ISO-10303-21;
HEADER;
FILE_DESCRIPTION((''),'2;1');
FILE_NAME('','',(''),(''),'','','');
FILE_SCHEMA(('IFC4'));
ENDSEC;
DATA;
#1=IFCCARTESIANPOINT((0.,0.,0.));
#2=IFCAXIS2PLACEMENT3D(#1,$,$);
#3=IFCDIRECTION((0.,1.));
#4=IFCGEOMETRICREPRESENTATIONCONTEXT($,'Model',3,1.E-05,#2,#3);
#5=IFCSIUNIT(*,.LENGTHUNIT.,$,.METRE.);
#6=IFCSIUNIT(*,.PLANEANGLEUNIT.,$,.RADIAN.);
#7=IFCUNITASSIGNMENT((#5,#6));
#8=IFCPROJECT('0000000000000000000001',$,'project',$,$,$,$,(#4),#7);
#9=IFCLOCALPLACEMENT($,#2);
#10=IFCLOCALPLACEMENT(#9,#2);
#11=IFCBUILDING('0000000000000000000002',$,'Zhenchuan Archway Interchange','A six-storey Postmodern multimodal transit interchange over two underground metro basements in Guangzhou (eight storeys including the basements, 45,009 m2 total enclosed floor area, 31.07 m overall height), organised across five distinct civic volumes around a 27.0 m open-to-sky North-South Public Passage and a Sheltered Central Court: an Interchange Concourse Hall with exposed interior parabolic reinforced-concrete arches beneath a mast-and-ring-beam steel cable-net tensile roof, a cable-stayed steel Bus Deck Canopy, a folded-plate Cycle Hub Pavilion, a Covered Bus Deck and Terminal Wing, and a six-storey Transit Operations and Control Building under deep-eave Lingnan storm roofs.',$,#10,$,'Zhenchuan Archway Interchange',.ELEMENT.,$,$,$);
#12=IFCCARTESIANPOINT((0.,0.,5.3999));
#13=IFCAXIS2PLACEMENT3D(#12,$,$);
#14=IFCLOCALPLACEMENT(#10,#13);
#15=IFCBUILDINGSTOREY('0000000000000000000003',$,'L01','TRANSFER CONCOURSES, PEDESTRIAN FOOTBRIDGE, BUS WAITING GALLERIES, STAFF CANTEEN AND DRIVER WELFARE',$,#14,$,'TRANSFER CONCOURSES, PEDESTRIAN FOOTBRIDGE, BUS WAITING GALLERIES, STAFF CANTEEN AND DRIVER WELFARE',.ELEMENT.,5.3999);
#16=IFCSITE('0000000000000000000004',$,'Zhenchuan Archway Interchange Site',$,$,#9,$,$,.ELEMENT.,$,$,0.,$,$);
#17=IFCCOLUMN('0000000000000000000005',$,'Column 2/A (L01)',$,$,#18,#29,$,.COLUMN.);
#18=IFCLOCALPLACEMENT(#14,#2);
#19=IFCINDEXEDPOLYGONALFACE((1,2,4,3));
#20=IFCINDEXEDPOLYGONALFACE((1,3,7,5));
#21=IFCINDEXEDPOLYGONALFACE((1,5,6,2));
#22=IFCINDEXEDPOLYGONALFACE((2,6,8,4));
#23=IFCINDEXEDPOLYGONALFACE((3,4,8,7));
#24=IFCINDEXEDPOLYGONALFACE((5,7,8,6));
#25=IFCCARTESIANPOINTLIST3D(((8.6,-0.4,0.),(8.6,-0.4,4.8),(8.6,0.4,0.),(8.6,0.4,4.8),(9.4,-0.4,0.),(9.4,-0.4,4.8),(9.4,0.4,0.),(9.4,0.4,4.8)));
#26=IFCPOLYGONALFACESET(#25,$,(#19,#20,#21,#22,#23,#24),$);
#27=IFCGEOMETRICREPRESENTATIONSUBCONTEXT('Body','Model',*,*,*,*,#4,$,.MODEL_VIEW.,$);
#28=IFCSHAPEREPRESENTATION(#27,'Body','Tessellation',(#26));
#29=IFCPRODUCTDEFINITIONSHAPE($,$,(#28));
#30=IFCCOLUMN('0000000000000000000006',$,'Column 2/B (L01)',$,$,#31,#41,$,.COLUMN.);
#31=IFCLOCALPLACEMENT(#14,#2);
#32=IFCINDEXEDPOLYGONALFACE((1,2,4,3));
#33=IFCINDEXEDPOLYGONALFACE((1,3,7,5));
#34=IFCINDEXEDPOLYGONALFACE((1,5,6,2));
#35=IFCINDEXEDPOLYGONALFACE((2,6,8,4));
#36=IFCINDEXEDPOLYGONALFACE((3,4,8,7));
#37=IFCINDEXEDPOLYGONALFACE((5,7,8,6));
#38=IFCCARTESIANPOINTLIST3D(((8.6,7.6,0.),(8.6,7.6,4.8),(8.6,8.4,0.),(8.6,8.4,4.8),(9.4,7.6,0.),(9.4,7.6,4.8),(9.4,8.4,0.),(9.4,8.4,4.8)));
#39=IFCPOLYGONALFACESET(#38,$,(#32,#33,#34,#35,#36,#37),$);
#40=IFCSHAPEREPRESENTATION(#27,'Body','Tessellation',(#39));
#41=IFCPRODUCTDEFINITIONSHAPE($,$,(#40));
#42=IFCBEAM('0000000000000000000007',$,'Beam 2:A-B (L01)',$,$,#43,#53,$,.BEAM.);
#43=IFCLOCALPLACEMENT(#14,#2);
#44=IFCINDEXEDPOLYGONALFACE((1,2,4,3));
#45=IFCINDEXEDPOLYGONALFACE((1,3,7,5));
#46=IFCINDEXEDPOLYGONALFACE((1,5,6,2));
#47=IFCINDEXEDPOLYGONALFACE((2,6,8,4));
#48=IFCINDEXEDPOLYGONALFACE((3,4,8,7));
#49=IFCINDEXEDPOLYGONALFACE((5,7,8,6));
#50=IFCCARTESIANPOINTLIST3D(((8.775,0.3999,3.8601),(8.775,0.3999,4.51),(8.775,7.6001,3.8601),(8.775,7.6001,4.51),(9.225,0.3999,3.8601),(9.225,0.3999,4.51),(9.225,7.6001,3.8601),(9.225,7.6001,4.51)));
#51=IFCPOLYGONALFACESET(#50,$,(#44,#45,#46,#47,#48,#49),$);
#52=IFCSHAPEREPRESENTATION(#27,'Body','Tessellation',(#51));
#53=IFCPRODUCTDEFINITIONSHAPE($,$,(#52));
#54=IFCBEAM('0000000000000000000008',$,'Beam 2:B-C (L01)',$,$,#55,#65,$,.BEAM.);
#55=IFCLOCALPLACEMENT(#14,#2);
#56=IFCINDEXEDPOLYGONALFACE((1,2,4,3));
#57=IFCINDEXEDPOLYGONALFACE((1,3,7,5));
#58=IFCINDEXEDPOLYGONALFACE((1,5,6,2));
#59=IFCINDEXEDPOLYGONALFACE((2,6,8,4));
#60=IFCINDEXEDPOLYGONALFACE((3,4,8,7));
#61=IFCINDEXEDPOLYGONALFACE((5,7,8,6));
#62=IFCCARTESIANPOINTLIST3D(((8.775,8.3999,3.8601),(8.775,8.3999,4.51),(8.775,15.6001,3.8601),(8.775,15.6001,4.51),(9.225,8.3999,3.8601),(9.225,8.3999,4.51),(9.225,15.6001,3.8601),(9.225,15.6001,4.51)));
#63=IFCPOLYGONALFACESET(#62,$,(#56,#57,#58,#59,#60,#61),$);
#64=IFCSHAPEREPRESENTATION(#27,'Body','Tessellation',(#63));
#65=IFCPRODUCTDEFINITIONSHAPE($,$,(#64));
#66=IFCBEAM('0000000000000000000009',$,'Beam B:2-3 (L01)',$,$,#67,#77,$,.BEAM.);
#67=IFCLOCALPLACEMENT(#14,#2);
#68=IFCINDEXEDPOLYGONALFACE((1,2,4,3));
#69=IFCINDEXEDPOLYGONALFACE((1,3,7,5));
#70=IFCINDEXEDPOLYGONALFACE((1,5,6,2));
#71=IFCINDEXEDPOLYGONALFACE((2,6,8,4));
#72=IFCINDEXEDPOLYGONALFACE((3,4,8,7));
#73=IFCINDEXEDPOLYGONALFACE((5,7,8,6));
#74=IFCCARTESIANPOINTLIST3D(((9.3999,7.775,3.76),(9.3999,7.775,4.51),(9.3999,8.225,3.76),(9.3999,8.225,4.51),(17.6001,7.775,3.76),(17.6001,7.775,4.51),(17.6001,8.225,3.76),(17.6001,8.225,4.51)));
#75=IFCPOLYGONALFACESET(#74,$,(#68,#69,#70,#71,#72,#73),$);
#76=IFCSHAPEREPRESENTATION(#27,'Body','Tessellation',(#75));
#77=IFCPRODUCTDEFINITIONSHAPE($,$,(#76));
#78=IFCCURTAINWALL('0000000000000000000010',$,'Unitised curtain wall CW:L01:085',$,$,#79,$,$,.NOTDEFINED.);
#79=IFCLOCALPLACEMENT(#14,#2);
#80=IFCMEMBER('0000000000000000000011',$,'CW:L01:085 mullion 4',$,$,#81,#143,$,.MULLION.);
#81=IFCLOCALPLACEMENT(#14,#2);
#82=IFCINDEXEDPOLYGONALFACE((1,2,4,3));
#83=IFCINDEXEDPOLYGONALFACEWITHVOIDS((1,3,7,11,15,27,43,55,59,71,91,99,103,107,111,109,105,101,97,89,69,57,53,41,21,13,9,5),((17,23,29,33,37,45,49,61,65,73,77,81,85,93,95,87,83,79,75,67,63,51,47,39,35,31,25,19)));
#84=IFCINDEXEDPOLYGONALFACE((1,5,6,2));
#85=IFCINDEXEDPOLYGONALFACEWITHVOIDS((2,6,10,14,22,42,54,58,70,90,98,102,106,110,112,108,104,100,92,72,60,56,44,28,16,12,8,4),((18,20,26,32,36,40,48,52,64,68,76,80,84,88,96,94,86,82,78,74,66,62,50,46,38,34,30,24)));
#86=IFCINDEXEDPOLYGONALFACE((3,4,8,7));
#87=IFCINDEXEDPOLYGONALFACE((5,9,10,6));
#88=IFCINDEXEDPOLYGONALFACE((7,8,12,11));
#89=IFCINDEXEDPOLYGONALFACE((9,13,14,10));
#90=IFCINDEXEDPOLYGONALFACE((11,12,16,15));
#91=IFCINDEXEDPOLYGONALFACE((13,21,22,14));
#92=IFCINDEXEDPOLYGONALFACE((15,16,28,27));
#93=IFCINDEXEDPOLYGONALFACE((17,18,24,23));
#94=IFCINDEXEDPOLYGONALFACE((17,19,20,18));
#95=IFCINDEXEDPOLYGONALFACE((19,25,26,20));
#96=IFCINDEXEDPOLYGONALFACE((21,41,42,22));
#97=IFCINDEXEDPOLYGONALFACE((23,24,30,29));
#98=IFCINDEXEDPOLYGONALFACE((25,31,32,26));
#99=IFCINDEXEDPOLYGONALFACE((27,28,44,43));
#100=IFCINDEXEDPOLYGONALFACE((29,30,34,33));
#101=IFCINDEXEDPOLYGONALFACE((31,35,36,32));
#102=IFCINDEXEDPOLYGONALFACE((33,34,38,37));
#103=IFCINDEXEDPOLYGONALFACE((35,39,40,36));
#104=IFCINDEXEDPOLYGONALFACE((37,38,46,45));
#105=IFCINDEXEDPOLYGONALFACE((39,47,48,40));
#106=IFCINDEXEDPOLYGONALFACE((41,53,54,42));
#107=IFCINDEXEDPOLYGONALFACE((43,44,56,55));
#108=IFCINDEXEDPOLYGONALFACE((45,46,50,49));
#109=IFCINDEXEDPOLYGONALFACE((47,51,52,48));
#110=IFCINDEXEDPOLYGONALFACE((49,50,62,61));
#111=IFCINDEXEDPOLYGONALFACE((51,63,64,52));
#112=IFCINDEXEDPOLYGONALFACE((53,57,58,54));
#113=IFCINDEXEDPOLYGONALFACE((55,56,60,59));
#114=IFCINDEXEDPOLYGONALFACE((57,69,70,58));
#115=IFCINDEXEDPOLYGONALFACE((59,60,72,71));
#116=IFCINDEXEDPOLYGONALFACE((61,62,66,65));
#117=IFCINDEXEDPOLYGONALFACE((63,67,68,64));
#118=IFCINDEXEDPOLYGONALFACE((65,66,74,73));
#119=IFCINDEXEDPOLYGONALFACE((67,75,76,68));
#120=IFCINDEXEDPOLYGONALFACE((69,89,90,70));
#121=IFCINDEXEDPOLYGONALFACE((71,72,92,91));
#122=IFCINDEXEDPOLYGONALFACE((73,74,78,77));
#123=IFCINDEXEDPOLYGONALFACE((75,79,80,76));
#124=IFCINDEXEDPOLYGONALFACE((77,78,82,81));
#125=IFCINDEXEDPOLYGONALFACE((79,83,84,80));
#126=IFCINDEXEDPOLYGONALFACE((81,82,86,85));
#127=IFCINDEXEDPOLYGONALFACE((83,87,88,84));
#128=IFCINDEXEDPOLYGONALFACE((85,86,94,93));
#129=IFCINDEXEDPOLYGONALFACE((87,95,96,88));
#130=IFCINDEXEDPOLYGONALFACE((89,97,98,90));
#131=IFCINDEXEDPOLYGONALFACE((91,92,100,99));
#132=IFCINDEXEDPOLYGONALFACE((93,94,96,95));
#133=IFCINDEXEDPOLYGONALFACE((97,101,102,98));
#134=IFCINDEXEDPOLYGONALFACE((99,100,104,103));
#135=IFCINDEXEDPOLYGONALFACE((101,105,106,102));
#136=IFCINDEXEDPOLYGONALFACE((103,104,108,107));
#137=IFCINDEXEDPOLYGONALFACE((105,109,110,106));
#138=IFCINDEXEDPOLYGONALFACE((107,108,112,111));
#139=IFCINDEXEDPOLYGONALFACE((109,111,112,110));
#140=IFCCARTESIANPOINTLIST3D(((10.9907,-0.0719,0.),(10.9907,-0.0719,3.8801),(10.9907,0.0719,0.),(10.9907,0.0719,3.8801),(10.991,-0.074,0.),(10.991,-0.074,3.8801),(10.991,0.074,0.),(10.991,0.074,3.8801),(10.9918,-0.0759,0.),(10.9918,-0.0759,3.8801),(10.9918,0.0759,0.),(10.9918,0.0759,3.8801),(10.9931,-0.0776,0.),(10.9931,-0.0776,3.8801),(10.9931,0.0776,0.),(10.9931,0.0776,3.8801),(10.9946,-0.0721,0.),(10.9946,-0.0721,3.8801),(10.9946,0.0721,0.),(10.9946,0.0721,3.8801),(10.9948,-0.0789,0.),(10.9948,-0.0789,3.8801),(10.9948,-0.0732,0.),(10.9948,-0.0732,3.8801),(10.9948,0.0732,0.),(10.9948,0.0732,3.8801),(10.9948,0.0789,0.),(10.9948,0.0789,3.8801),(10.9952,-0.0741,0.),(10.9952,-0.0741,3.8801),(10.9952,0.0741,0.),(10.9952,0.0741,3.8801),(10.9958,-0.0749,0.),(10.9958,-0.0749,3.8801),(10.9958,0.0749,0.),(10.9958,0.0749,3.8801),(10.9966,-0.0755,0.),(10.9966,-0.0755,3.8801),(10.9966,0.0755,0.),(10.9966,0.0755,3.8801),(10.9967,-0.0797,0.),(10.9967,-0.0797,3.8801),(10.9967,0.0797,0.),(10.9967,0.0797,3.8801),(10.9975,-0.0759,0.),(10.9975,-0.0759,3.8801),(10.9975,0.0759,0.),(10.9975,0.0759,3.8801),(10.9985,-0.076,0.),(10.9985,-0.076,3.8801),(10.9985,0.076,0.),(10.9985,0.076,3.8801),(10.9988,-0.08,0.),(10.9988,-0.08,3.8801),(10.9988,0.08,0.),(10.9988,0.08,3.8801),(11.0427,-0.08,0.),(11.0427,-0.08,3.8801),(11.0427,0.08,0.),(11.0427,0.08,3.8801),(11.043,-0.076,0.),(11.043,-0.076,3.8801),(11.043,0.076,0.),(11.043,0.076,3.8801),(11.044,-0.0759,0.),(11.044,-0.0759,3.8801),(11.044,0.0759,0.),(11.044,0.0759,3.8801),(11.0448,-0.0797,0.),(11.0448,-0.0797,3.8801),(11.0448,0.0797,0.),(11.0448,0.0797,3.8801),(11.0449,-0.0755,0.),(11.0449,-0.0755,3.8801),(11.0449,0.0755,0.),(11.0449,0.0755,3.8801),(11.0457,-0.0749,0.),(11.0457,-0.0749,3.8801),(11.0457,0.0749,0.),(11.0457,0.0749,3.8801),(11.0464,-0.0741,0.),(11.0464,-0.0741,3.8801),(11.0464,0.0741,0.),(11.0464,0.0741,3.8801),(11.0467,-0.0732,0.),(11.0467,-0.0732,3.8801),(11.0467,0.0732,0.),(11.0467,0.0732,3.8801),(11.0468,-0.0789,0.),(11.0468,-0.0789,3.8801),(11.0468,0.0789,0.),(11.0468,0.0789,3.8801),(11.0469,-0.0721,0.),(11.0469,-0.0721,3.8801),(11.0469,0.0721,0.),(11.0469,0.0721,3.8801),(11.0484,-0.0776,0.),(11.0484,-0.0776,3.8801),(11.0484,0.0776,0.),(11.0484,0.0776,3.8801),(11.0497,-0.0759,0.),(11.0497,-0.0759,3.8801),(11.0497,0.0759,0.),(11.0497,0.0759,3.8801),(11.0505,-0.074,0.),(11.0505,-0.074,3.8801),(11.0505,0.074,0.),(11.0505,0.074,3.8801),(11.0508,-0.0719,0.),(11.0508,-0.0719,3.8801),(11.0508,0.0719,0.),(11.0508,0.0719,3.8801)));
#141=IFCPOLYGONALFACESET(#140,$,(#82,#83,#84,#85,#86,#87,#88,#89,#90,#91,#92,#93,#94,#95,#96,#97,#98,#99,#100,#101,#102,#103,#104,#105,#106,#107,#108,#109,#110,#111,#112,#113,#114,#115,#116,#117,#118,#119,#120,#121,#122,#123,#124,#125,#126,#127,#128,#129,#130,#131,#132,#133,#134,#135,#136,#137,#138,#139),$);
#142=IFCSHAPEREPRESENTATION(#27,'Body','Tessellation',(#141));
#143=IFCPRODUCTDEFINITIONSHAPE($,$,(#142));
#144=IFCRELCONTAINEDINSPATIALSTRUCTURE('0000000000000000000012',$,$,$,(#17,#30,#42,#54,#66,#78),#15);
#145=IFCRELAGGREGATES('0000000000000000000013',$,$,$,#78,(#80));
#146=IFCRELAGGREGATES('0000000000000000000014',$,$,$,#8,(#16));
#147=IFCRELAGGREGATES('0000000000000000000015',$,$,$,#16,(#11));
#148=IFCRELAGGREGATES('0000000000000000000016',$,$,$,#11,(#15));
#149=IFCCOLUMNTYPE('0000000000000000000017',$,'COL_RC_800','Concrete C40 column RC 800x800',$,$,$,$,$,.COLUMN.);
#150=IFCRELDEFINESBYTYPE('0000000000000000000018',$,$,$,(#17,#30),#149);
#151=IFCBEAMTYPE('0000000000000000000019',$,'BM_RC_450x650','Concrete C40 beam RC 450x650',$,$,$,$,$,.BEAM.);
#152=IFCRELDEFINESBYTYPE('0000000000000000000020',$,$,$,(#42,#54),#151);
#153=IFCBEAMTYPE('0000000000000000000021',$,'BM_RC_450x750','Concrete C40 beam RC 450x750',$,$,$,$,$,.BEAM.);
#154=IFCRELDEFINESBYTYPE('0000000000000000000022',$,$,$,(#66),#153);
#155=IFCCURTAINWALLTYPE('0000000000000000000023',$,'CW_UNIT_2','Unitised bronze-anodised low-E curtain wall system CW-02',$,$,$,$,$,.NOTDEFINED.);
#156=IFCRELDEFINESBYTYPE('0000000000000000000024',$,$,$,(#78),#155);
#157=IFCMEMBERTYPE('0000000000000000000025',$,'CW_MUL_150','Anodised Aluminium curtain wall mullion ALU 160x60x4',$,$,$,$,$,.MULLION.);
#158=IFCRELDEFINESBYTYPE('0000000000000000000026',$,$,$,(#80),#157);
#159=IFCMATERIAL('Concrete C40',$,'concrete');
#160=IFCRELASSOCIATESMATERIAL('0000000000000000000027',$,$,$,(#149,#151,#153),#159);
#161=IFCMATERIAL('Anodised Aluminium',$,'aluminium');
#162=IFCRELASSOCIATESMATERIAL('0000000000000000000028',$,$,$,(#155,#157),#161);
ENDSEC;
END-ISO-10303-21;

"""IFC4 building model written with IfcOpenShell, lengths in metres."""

from ifc_helpers import new_model, si_unit, direction, frame, origin, origin_2d, place, context, subcontext, project, spatial, rectangle, hollow_rectangle, extrude, material, material_profile, profile_set, type_object, element, aggregate, save


model = new_model("IFC4")

# Units and contexts
model_context = context("Model", 3, precision=1e-05, world=origin(), true_north=direction((0.0, 1.0)))
body_context = subcontext(model_context, "Body", "Model", "MODEL_VIEW")
ifc_project = project(units=[si_unit("LENGTHUNIT", "METRE"), si_unit("PLANEANGLEUNIT", "RADIAN")], contexts=[model_context])

# Site, building, storey
site_placement = place(None, origin())
site = spatial("IfcSite", under=ifc_project, at=site_placement, Name="Zhenchuan Archway Interchange Site", CompositionType="ELEMENT", RefElevation=0.0)
building_placement = place(site_placement, origin())
building = spatial("IfcBuilding", under=site, at=building_placement, Name="Zhenchuan Archway Interchange", Description="A six-storey Postmodern multimodal transit interchange over two underground metro basements in Guangzhou (eight storeys including the basements, 45,009 m2 total enclosed floor area, 31.07 m overall height), organised across five distinct civic volumes around a 27.0 m open-to-sky North-South Public Passage and a Sheltered Central Court: an Interchange Concourse Hall with exposed interior parabolic reinforced-concrete arches beneath a mast-and-ring-beam steel cable-net tensile roof, a cable-stayed steel Bus Deck Canopy, a folded-plate Cycle Hub Pavilion, a Covered Bus Deck and Terminal Wing, and a six-storey Transit Operations and Control Building under deep-eave Lingnan storm roofs.", LongName="Zhenchuan Archway Interchange", CompositionType="ELEMENT")
storey_placement = place(building_placement, frame((0.0, 0.0, 5.3999)))
storey = spatial("IfcBuildingStorey", under=building, at=storey_placement, Name="L01", Description="TRANSFER CONCOURSES, PEDESTRIAN FOOTBRIDGE, BUS WAITING GALLERIES, STAFF CANTEEN AND DRIVER WELFARE", LongName="TRANSFER CONCOURSES, PEDESTRIAN FOOTBRIDGE, BUS WAITING GALLERIES, STAFF CANTEEN AND DRIVER WELFARE", CompositionType="ELEMENT", Elevation=5.3999)

# Columns
ifc_material_1 = material(Name="Concrete C40", Category="concrete")
ifc_material_profile_1 = material_profile(ifc_material_1, rectangle(XDim=0.8, YDim=0.8, at=origin_2d()), Name="RC 800x800")
ifc_profile_set_1 = profile_set([ifc_material_profile_1], Name="Concrete C40")
column_type = type_object("IfcColumnType", Name="COL_RC_800", Description="Concrete C40 column RC 800x800", PredefinedType="COLUMN", material=ifc_profile_set_1)
for number, where, z_axis, x_axis, name in (
    (1, (9.0, 0.0, 0.0), (0.0, 0.0, 1.0), (1.0, 0.0, 0.0), "Column 2/A (L01)"),
    (2, (9.0, 8.0, 0.0), (0.0, 0.0, 1.0), (1.0, 0.0, 0.0), "Column 2/B (L01)"),
):
    element("IfcColumn", number, at=place(storey_placement, frame(where, z_axis=z_axis, x_axis=x_axis)), inside=storey, type_object=column_type, Name=name, PredefinedType="COLUMN", context=body_context, shape_type="SweptSolid", body=[
        extrude(rectangle(XDim=0.8, YDim=0.8, at=origin_2d()), origin(), (0.0, 0.0, 1.0), 4.8),
    ])

# Beams
ifc_material_profile_2 = material_profile(ifc_material_1, rectangle(XDim=0.45, YDim=0.6499, at=origin_2d()), Name="RC 450x650")
ifc_profile_set_2 = profile_set([ifc_material_profile_2], Name="Concrete C40")
beam_type_1 = type_object("IfcBeamType", Name="BM_RC_450x650", Description="Concrete C40 beam RC 450x650", PredefinedType="BEAM", material=ifc_profile_set_2)
for number, where, z_axis, x_axis, name in (
    (3, (9.0, 0.3999, 4.1851), (0.0, 1.0, 0.0), (-1.0, 0.0, 0.0), "Beam 2:A-B (L01)"),
    (4, (9.0, 8.3999, 4.1851), (0.0, 1.0, 0.0), (-1.0, 0.0, 0.0), "Beam 2:B-C (L01)"),
):
    element("IfcBeam", number, at=place(storey_placement, frame(where, z_axis=z_axis, x_axis=x_axis)), inside=storey, type_object=beam_type_1, Name=name, PredefinedType="BEAM", context=body_context, shape_type="SweptSolid", body=[
        extrude(rectangle(XDim=0.45, YDim=0.6499, at=origin_2d()), origin(), (0.0, 0.0, 1.0), 7.2002),
    ])
ifc_material_profile_3 = material_profile(ifc_material_1, rectangle(XDim=0.45, YDim=0.75, at=origin_2d()), Name="RC 450x750")
ifc_profile_set_3 = profile_set([ifc_material_profile_3], Name="Concrete C40")
beam_type_2 = type_object("IfcBeamType", Name="BM_RC_450x750", Description="Concrete C40 beam RC 450x750", PredefinedType="BEAM", material=ifc_profile_set_3)
beam_1_placement = place(storey_placement, frame((9.3999, 8.0, 4.135), z_axis=(1.0, 0.0, 0.0), x_axis=(0.0, 1.0, 0.0)))
element("IfcBeam", 5, at=beam_1_placement, inside=storey, type_object=beam_type_2, Name="Beam B:2-3 (L01)", PredefinedType="BEAM", context=body_context, shape_type="SweptSolid", body=[
    extrude(rectangle(XDim=0.45, YDim=0.75, at=origin_2d()), origin(), (0.0, 0.0, 1.0), 8.2002),
])

# Curtain wall, member
ifc_material_2 = material(Name="Anodised Aluminium", Category="aluminium")
curtain_wall_type_1 = type_object("IfcCurtainWallType", Name="CW_UNIT_2", Description="Unitised bronze-anodised low-E curtain wall system CW-02", PredefinedType="NOTDEFINED", material=ifc_material_2)
curtain_wall_1_placement = place(storey_placement, origin())
curtain_wall_1 = element("IfcCurtainWall", 6, at=curtain_wall_1_placement, inside=storey, type_object=curtain_wall_type_1, Name="Unitised curtain wall CW:L01:085", PredefinedType="NOTDEFINED")
ifc_material_profile_4 = material_profile(ifc_material_2, hollow_rectangle(XDim=0.0601, YDim=0.1599, WallThickness=0.0039, InnerFilletRadius=0.0039, OuterFilletRadius=0.0081, at=origin_2d()), Name="ALU 160x60x4")
ifc_profile_set_4 = profile_set([ifc_material_profile_4], Name="Anodised Aluminium")
member_type_1 = type_object("IfcMemberType", Name="CW_MUL_150", Description="Anodised Aluminium curtain wall mullion ALU 160x60x4", PredefinedType="MULLION", material=ifc_profile_set_4)
member_1_placement = place(storey_placement, frame((11.0208, 0.0, 0.0), z_axis=(0.0, 0.0, 1.0), x_axis=(1.0, 0.0, 0.0)))
member_1 = element("IfcMember", 7, at=member_1_placement, type_object=member_type_1, Name="CW:L01:085 mullion 4", PredefinedType="MULLION", context=body_context, shape_type="SweptSolid", body=[
    extrude(hollow_rectangle(XDim=0.0601, YDim=0.1599, WallThickness=0.0039, InnerFilletRadius=0.0039, OuterFilletRadius=0.0081, at=origin_2d()), origin(), (0.0, 0.0, 1.0), 3.8801),
])

aggregate(curtain_wall_1, [member_1])

save(model, "model.ifc")
